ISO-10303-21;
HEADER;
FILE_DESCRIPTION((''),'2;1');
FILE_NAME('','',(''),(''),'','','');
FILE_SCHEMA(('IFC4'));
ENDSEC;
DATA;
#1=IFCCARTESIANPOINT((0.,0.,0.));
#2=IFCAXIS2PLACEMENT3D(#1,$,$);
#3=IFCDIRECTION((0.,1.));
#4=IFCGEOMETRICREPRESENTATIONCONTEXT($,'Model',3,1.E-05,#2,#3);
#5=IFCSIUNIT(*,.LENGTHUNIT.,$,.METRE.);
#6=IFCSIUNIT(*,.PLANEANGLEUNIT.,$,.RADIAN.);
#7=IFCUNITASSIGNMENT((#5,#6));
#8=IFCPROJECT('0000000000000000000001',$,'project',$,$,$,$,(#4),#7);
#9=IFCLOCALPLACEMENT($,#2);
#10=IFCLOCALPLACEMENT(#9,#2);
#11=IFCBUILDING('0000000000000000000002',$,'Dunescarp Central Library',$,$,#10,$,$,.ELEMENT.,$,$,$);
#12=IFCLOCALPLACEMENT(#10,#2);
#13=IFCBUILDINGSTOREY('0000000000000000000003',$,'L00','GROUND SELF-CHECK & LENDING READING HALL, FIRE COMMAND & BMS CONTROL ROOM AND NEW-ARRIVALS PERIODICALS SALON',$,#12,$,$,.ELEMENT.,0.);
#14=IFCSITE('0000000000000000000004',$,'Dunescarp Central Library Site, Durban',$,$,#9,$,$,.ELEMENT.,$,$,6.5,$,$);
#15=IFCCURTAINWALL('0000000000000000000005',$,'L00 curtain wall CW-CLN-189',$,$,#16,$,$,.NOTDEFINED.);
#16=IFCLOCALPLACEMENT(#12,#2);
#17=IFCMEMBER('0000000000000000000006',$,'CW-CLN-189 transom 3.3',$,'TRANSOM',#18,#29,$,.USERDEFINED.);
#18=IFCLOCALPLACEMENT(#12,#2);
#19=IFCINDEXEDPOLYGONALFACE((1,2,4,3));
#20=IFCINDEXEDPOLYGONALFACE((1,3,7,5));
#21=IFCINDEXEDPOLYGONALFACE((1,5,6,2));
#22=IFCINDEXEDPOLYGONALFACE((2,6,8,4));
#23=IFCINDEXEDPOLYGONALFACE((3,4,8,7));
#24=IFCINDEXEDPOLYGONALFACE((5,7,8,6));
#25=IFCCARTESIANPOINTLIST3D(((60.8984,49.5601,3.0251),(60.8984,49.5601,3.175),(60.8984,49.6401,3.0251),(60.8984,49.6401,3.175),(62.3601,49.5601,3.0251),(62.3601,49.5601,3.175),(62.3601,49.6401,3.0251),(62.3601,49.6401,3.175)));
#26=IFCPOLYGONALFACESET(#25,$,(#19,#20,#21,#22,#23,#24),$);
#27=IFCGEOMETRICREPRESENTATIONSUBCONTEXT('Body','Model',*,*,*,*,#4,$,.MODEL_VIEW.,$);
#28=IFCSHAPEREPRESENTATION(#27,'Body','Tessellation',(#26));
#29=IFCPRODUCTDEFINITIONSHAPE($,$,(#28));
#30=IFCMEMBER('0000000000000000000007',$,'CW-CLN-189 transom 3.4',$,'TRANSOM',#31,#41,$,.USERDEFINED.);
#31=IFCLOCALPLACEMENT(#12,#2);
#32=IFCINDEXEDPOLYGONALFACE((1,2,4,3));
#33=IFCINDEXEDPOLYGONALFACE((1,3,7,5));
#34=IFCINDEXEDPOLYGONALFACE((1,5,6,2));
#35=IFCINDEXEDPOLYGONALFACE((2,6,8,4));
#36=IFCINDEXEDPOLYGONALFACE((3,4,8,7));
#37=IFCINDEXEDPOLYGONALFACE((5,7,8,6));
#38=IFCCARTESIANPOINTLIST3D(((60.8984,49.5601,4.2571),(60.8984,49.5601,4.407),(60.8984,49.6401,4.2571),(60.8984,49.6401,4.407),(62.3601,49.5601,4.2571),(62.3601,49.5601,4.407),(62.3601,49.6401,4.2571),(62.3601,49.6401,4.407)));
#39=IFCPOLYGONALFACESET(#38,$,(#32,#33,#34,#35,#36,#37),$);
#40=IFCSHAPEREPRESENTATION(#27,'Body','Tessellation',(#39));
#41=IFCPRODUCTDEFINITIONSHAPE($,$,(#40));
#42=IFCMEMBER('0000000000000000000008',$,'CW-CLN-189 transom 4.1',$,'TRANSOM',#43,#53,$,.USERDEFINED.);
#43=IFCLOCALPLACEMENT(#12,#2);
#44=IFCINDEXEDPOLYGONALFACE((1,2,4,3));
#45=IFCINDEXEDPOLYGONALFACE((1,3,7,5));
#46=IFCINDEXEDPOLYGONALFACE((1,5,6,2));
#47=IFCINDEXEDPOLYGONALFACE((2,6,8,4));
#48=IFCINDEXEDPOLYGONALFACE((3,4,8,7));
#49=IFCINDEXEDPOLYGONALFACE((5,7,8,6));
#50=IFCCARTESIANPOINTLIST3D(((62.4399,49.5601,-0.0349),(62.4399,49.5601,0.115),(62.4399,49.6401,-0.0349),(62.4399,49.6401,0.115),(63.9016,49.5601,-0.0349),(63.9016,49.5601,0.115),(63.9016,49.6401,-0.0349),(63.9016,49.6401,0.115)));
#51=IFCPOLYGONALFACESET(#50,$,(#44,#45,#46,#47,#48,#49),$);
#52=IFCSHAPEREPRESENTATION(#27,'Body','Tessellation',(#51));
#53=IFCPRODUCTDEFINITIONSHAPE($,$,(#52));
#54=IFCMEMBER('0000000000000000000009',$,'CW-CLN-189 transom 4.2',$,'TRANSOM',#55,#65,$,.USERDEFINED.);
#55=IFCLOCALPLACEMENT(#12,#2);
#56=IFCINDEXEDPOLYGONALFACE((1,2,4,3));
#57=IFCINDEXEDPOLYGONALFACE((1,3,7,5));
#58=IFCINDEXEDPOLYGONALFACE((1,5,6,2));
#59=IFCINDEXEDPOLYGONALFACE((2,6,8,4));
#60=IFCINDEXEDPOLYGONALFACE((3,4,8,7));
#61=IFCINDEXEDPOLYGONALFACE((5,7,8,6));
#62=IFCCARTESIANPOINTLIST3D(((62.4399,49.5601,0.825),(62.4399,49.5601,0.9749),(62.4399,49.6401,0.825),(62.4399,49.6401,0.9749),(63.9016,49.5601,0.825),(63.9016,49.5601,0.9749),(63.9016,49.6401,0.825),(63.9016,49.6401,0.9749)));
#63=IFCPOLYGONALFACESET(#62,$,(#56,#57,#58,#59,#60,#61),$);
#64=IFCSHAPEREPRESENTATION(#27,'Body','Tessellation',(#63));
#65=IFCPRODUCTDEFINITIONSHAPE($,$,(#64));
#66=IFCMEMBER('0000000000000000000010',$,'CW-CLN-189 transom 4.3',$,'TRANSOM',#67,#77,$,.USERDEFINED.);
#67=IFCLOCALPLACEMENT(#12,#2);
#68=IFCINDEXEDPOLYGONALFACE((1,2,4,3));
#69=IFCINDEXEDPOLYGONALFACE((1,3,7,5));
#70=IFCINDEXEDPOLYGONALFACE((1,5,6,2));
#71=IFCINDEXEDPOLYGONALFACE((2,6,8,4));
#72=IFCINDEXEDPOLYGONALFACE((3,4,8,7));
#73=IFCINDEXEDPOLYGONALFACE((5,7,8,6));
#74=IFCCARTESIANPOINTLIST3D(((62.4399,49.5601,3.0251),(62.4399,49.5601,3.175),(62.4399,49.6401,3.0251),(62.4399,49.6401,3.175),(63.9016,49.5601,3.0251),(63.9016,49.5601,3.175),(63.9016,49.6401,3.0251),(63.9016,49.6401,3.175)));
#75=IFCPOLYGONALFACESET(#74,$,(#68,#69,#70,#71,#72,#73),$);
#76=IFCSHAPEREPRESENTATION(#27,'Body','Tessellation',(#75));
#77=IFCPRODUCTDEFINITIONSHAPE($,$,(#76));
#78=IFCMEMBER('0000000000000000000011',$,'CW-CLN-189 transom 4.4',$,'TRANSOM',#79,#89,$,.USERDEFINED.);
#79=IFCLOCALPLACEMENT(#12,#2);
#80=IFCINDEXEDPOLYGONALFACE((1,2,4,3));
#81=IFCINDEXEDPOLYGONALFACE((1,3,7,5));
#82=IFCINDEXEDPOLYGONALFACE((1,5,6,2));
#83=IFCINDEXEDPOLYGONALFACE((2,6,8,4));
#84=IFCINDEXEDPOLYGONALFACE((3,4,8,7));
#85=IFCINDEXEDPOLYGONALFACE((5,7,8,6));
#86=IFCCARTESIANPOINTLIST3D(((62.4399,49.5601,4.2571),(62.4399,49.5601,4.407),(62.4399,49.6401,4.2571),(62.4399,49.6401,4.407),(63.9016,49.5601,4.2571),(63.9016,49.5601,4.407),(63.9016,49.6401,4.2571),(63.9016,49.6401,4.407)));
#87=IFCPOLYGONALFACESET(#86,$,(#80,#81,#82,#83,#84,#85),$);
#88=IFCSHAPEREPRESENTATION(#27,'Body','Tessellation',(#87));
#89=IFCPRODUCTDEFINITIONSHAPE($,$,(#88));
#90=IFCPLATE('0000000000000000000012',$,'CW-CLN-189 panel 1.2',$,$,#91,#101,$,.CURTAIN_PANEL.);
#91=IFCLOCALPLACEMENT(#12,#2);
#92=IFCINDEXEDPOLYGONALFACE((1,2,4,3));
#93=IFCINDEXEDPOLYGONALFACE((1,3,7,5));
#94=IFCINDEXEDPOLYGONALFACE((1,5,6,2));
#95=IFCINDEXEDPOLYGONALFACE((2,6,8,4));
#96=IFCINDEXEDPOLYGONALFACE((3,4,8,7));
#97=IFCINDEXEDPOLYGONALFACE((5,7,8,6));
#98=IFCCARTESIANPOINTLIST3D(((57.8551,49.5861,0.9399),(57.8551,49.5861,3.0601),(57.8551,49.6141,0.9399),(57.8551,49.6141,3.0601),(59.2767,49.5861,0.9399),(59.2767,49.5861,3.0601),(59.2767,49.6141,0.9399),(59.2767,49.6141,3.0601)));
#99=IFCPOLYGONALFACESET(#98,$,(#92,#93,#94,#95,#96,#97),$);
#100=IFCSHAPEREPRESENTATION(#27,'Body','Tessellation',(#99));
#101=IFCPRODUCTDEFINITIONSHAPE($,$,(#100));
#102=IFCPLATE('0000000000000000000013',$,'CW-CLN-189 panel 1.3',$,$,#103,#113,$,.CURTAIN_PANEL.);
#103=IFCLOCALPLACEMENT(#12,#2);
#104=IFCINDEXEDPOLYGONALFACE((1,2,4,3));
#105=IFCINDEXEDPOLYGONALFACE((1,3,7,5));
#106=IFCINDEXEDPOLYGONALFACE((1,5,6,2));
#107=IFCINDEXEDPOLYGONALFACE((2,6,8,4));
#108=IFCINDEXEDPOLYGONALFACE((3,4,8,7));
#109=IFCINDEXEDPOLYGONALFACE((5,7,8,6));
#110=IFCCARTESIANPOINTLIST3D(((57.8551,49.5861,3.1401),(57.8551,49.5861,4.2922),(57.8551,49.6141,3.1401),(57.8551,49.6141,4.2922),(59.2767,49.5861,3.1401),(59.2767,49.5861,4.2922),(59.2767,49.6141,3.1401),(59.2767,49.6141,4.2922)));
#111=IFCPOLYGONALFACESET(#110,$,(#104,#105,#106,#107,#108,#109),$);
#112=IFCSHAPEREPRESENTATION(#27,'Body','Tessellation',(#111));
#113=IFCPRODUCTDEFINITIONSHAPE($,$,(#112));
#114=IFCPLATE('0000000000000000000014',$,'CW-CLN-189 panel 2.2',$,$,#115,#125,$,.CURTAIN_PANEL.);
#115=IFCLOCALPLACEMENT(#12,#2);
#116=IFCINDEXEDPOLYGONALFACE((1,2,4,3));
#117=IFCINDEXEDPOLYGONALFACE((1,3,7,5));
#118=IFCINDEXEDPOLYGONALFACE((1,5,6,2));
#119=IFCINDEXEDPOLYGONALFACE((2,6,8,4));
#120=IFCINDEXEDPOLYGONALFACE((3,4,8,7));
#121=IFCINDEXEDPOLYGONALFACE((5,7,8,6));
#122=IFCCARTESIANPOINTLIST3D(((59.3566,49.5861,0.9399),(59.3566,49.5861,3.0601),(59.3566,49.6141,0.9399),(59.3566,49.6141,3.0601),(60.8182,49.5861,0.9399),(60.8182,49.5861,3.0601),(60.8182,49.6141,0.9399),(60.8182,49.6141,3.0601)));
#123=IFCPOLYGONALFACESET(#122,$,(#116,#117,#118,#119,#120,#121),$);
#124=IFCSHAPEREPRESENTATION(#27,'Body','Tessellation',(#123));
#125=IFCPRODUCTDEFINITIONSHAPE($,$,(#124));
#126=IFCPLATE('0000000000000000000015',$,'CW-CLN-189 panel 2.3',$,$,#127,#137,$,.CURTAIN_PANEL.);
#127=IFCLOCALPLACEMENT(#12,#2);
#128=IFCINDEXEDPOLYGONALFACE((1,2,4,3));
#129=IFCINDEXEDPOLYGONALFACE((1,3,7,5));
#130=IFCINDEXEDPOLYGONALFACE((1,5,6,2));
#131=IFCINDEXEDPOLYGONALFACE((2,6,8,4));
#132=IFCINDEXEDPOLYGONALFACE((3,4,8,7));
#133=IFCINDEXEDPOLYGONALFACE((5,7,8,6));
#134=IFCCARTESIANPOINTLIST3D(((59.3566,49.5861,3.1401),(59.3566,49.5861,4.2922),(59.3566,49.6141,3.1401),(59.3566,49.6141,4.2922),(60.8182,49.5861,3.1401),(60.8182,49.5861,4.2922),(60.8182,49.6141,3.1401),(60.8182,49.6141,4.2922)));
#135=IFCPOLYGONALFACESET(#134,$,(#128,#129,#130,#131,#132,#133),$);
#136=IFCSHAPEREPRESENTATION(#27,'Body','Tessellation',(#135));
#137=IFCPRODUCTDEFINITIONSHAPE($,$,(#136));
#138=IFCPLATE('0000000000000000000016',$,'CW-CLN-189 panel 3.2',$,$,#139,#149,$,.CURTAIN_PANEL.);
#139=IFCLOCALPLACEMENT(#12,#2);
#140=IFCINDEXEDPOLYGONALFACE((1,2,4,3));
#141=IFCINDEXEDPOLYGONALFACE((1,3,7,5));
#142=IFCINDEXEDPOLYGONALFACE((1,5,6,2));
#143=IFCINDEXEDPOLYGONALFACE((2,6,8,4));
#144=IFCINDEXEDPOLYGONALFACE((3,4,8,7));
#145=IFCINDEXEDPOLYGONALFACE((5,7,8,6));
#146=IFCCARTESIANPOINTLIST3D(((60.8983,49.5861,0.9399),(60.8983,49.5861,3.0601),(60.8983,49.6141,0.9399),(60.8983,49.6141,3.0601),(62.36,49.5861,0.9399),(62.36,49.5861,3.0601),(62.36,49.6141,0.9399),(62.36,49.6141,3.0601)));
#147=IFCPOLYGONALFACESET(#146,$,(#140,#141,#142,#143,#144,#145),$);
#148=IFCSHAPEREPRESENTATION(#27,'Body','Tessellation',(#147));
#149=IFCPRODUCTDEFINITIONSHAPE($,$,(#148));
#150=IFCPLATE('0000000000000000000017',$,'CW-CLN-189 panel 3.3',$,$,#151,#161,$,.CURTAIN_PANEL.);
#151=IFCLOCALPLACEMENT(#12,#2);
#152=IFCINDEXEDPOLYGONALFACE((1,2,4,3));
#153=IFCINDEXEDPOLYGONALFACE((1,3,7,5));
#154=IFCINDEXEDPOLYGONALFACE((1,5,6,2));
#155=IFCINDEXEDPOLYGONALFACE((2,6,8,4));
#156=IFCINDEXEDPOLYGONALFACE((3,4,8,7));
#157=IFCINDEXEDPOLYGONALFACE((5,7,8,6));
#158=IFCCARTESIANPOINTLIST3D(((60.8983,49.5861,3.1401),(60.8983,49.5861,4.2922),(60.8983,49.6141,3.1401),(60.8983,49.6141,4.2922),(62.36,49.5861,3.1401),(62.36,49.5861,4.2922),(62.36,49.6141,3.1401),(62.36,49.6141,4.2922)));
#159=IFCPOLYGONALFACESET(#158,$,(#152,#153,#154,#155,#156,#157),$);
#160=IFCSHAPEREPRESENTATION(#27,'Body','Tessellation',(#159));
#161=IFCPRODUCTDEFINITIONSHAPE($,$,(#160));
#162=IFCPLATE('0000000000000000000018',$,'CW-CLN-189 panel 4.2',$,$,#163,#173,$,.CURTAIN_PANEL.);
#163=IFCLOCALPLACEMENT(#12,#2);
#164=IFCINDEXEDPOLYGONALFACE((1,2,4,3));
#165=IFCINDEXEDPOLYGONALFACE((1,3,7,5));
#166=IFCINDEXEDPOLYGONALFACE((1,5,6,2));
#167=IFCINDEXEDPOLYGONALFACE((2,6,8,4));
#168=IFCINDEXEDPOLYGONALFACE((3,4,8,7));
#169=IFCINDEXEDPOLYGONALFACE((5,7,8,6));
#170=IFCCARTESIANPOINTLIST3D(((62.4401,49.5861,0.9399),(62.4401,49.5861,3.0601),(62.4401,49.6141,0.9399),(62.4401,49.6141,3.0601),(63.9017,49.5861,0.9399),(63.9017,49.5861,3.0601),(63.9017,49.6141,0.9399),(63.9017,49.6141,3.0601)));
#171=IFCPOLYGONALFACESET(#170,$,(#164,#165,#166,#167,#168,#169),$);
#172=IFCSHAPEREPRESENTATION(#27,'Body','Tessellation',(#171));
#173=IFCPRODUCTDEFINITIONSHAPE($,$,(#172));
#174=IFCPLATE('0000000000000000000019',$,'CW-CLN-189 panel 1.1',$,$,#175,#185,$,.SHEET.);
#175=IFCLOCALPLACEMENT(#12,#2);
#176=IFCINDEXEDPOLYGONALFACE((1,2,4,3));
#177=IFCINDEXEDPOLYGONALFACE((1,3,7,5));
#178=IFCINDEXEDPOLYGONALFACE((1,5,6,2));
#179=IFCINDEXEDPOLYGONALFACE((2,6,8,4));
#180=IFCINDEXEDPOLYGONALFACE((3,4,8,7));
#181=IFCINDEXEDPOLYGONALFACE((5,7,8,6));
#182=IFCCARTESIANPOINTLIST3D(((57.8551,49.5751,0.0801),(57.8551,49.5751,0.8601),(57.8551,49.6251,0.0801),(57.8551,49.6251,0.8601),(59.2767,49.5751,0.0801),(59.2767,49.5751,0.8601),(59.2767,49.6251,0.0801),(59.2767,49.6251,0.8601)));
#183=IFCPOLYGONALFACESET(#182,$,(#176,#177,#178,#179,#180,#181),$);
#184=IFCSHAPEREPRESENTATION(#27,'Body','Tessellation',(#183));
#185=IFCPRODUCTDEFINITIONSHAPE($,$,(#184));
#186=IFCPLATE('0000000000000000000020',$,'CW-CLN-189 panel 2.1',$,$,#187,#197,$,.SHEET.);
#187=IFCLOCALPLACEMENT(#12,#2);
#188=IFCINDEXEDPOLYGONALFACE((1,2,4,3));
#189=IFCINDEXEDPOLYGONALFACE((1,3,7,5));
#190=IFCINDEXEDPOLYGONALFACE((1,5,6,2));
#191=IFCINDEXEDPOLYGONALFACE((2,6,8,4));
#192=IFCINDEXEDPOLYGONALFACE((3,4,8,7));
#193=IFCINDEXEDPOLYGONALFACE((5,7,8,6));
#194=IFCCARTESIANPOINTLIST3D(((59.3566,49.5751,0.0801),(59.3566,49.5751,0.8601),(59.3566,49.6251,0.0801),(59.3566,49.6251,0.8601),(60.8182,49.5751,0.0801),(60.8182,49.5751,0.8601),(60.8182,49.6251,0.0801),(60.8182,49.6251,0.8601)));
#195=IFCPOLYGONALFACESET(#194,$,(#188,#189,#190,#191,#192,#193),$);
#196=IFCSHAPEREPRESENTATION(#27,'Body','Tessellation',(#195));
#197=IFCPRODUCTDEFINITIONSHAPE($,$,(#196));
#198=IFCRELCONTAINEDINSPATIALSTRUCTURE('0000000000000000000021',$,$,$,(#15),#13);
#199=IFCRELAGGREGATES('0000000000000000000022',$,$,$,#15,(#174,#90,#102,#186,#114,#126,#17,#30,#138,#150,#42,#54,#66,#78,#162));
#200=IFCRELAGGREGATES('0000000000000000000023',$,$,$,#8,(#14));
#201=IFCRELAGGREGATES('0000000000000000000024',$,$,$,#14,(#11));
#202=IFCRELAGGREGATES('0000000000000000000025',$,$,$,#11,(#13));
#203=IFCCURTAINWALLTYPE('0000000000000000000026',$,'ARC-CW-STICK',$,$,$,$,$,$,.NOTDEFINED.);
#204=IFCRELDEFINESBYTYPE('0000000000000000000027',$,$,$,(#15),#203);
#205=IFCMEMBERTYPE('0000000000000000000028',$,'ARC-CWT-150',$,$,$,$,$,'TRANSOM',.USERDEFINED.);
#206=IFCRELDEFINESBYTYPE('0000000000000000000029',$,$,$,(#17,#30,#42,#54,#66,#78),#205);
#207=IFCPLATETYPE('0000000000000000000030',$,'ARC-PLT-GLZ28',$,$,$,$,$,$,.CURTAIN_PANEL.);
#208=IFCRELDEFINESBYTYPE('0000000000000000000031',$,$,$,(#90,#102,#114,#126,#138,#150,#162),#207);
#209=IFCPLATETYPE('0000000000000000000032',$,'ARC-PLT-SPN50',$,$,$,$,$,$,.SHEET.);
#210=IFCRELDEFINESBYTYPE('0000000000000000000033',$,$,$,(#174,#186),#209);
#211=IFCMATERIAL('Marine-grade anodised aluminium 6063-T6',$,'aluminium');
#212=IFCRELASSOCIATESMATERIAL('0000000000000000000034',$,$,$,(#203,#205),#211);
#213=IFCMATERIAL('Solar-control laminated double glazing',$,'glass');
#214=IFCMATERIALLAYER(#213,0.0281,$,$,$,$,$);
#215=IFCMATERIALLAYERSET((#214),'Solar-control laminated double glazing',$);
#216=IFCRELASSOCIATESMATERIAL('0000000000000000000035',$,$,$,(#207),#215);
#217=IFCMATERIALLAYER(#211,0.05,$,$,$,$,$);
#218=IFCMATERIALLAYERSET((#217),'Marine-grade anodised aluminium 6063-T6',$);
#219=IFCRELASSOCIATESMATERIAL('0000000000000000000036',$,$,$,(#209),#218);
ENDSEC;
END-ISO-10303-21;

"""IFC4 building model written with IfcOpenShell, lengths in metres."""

from ifc_helpers import new_model, si_unit, direction, frame, origin, origin_2d, place, context, subcontext, project, spatial, rectangle, extrude, material, layer, layer_set, material_profile, profile_set, type_object, element, aggregate, save


model = new_model("IFC4")

# Units and contexts
model_context = context("Model", 3, precision=1e-05, world=origin(), true_north=direction((0.0, 1.0)))
body_context = subcontext(model_context, "Body", "Model", "MODEL_VIEW")
ifc_project = project(units=[si_unit("LENGTHUNIT", "METRE"), si_unit("PLANEANGLEUNIT", "RADIAN")], contexts=[model_context])

# Site, building, storey
site_placement = place(None, origin())
site = spatial("IfcSite", under=ifc_project, at=site_placement, Name="Dunescarp Central Library Site, Durban", CompositionType="ELEMENT", RefElevation=6.5)
building_placement = place(site_placement, origin())
building = spatial("IfcBuilding", under=site, at=building_placement, Name="Dunescarp Central Library", CompositionType="ELEMENT")
storey_placement = place(building_placement, origin())
storey = spatial("IfcBuildingStorey", under=building, at=storey_placement, Name="L00", Description="GROUND SELF-CHECK & LENDING READING HALL, FIRE COMMAND & BMS CONTROL ROOM AND NEW-ARRIVALS PERIODICALS SALON", CompositionType="ELEMENT", Elevation=0.0)

# Curtain wall, members, plates
ifc_material_1 = material(Name="Marine-grade anodised aluminium 6063-T6", Category="aluminium")
curtain_wall_type = type_object("IfcCurtainWallType", Name="ARC-CW-STICK", PredefinedType="NOTDEFINED", material=ifc_material_1)
curtain_wall_placement = place(storey_placement, origin())
curtain_wall = element("IfcCurtainWall", 1, at=curtain_wall_placement, inside=storey, type_object=curtain_wall_type, Name="L00 curtain wall CW-CLN-189", PredefinedType="NOTDEFINED")
ifc_material_profile_1 = material_profile(ifc_material_1, rectangle(XDim=0.0801, YDim=0.1499, at=origin_2d()), Name="AL 80x150")
ifc_profile_set_1 = profile_set([ifc_material_profile_1], Name="Marine-grade anodised aluminium 6063-T6")
member_type_1 = type_object("IfcMemberType", Name="ARC-CWT-150", ElementType="TRANSOM", PredefinedType="USERDEFINED", material=ifc_profile_set_1)
member_1_placement = place(storey_placement, frame((60.8984, 49.6001, 3.1001), z_axis=(1.0, 0.0, 0.0), x_axis=(0.0, 1.0, 0.0)))
member_1 = element("IfcMember", 2, at=member_1_placement, type_object=member_type_1, Name="CW-CLN-189 transom 3.3", ObjectType="TRANSOM", PredefinedType="USERDEFINED", context=body_context, shape_type="SweptSolid", body=[
    extrude(rectangle(XDim=0.0801, YDim=0.1499, at=origin_2d()), origin(), (0.0, 0.0, 1.0), 1.4617),
])
member_2_placement = place(storey_placement, frame((60.8984, 49.6001, 4.332), z_axis=(1.0, 0.0, 0.0), x_axis=(0.0, 1.0, 0.0)))
member_2 = element("IfcMember", 3, at=member_2_placement, type_object=member_type_1, Name="CW-CLN-189 transom 3.4", ObjectType="TRANSOM", PredefinedType="USERDEFINED", context=body_context, shape_type="SweptSolid", body=[
    extrude(rectangle(XDim=0.0801, YDim=0.1499, at=origin_2d()), origin(), (0.0, 0.0, 1.0), 1.4617),
])
member_3_placement = place(storey_placement, frame((62.4399, 49.6001, 0.04), z_axis=(1.0, 0.0, 0.0), x_axis=(0.0, 1.0, 0.0)))
member_3 = element("IfcMember", 4, at=member_3_placement, type_object=member_type_1, Name="CW-CLN-189 transom 4.1", ObjectType="TRANSOM", PredefinedType="USERDEFINED", context=body_context, shape_type="SweptSolid", body=[
    extrude(rectangle(XDim=0.0801, YDim=0.1499, at=origin_2d()), origin(), (0.0, 0.0, 1.0), 1.4617),
])
member_4_placement = place(storey_placement, frame((62.4399, 49.6001, 0.8999), z_axis=(1.0, 0.0, 0.0), x_axis=(0.0, 1.0, 0.0)))
member_4 = element("IfcMember", 5, at=member_4_placement, type_object=member_type_1, Name="CW-CLN-189 transom 4.2", ObjectType="TRANSOM", PredefinedType="USERDEFINED", context=body_context, shape_type="SweptSolid", body=[
    extrude(rectangle(XDim=0.0801, YDim=0.1499, at=origin_2d()), origin(), (0.0, 0.0, 1.0), 1.4617),
])
member_5_placement = place(storey_placement, frame((62.4399, 49.6001, 3.1001), z_axis=(1.0, 0.0, 0.0), x_axis=(0.0, 1.0, 0.0)))
member_5 = element("IfcMember", 6, at=member_5_placement, type_object=member_type_1, Name="CW-CLN-189 transom 4.3", ObjectType="TRANSOM", PredefinedType="USERDEFINED", context=body_context, shape_type="SweptSolid", body=[
    extrude(rectangle(XDim=0.0801, YDim=0.1499, at=origin_2d()), origin(), (0.0, 0.0, 1.0), 1.4617),
])
member_6_placement = place(storey_placement, frame((62.4399, 49.6001, 4.332), z_axis=(1.0, 0.0, 0.0), x_axis=(0.0, 1.0, 0.0)))
member_6 = element("IfcMember", 7, at=member_6_placement, type_object=member_type_1, Name="CW-CLN-189 transom 4.4", ObjectType="TRANSOM", PredefinedType="USERDEFINED", context=body_context, shape_type="SweptSolid", body=[
    extrude(rectangle(XDim=0.0801, YDim=0.1499, at=origin_2d()), origin(), (0.0, 0.0, 1.0), 1.4617),
])
ifc_material_2 = material(Name="Solar-control laminated double glazing", Category="glass")
ifc_layer_1 = layer(ifc_material_2, 0.0281)
ifc_layer_set_1 = layer_set([ifc_layer_1], Name="Solar-control laminated double glazing")
plate_type_1 = type_object("IfcPlateType", Name="ARC-PLT-GLZ28", PredefinedType="CURTAIN_PANEL", material=ifc_layer_set_1)
plate_1_placement = place(storey_placement, frame((58.5659, 49.6001, 0.9399), z_axis=(0.0, 0.0, 1.0), x_axis=(1.0, 0.0, 0.0)))
plate_1 = element("IfcPlate", 8, at=plate_1_placement, type_object=plate_type_1, Name="CW-CLN-189 panel 1.2", PredefinedType="CURTAIN_PANEL", context=body_context, shape_type="SweptSolid", body=[
    extrude(rectangle(XDim=1.4216, YDim=0.0281, at=origin_2d()), origin(), (0.0, 0.0, 1.0), 2.1201),
])
plate_2_placement = place(storey_placement, frame((58.5659, 49.6001, 3.1401), z_axis=(0.0, 0.0, 1.0), x_axis=(1.0, 0.0, 0.0)))
plate_2 = element("IfcPlate", 9, at=plate_2_placement, type_object=plate_type_1, Name="CW-CLN-189 panel 1.3", PredefinedType="CURTAIN_PANEL", context=body_context, shape_type="SweptSolid", body=[
    extrude(rectangle(XDim=1.4216, YDim=0.0281, at=origin_2d()), origin(), (0.0, 0.0, 1.0), 1.1521),
])
plate_3_placement = place(storey_placement, frame((60.0874, 49.6001, 0.9399), z_axis=(0.0, 0.0, 1.0), x_axis=(1.0, 0.0, 0.0)))
plate_3 = element("IfcPlate", 10, at=plate_3_placement, type_object=plate_type_1, Name="CW-CLN-189 panel 2.2", PredefinedType="CURTAIN_PANEL", context=body_context, shape_type="SweptSolid", body=[
    extrude(rectangle(XDim=1.4617, YDim=0.0281, at=origin_2d()), origin(), (0.0, 0.0, 1.0), 2.1201),
])
plate_4_placement = place(storey_placement, frame((60.0874, 49.6001, 3.1401), z_axis=(0.0, 0.0, 1.0), x_axis=(1.0, 0.0, 0.0)))
plate_4 = element("IfcPlate", 11, at=plate_4_placement, type_object=plate_type_1, Name="CW-CLN-189 panel 2.3", PredefinedType="CURTAIN_PANEL", context=body_context, shape_type="SweptSolid", body=[
    extrude(rectangle(XDim=1.4617, YDim=0.0281, at=origin_2d()), origin(), (0.0, 0.0, 1.0), 1.1521),
])
plate_5_placement = place(storey_placement, frame((61.6292, 49.6001, 0.9399), z_axis=(0.0, 0.0, 1.0), x_axis=(1.0, 0.0, 0.0)))
plate_5 = element("IfcPlate", 12, at=plate_5_placement, type_object=plate_type_1, Name="CW-CLN-189 panel 3.2", PredefinedType="CURTAIN_PANEL", context=body_context, shape_type="SweptSolid", body=[
    extrude(rectangle(XDim=1.4617, YDim=0.0281, at=origin_2d()), origin(), (0.0, 0.0, 1.0), 2.1201),
])
plate_6_placement = place(storey_placement, frame((61.6292, 49.6001, 3.1401), z_axis=(0.0, 0.0, 1.0), x_axis=(1.0, 0.0, 0.0)))
plate_6 = element("IfcPlate", 13, at=plate_6_placement, type_object=plate_type_1, Name="CW-CLN-189 panel 3.3", PredefinedType="CURTAIN_PANEL", context=body_context, shape_type="SweptSolid", body=[
    extrude(rectangle(XDim=1.4617, YDim=0.0281, at=origin_2d()), origin(), (0.0, 0.0, 1.0), 1.1521),
])
plate_7_placement = place(storey_placement, frame((63.1709, 49.6001, 0.9399), z_axis=(0.0, 0.0, 1.0), x_axis=(1.0, 0.0, 0.0)))
plate_7 = element("IfcPlate", 14, at=plate_7_placement, type_object=plate_type_1, Name="CW-CLN-189 panel 4.2", PredefinedType="CURTAIN_PANEL", context=body_context, shape_type="SweptSolid", body=[
    extrude(rectangle(XDim=1.4617, YDim=0.0281, at=origin_2d()), origin(), (0.0, 0.0, 1.0), 2.1201),
])
ifc_layer_2 = layer(ifc_material_1, 0.05)
ifc_layer_set_2 = layer_set([ifc_layer_2], Name="Marine-grade anodised aluminium 6063-T6")
plate_type_2 = type_object("IfcPlateType", Name="ARC-PLT-SPN50", PredefinedType="SHEET", material=ifc_layer_set_2)
plate_8_placement = place(storey_placement, frame((58.5659, 49.6001, 0.0801), z_axis=(0.0, 0.0, 1.0), x_axis=(1.0, 0.0, 0.0)))
plate_8 = element("IfcPlate", 15, at=plate_8_placement, type_object=plate_type_2, Name="CW-CLN-189 panel 1.1", PredefinedType="SHEET", context=body_context, shape_type="SweptSolid", body=[
    extrude(rectangle(XDim=1.4216, YDim=0.05, at=origin_2d()), origin(), (0.0, 0.0, 1.0), 0.78),
])
plate_9_placement = place(storey_placement, frame((60.0874, 49.6001, 0.0801), z_axis=(0.0, 0.0, 1.0), x_axis=(1.0, 0.0, 0.0)))
plate_9 = element("IfcPlate", 16, at=plate_9_placement, type_object=plate_type_2, Name="CW-CLN-189 panel 2.1", PredefinedType="SHEET", context=body_context, shape_type="SweptSolid", body=[
    extrude(rectangle(XDim=1.4617, YDim=0.05, at=origin_2d()), origin(), (0.0, 0.0, 1.0), 0.78),
])
aggregate(curtain_wall, [plate_8, plate_1, plate_2, plate_9, plate_3, plate_4, member_1, member_2, plate_5, plate_6, member_3, member_4, member_5, member_6, plate_7])

save(model, "model.ifc")
